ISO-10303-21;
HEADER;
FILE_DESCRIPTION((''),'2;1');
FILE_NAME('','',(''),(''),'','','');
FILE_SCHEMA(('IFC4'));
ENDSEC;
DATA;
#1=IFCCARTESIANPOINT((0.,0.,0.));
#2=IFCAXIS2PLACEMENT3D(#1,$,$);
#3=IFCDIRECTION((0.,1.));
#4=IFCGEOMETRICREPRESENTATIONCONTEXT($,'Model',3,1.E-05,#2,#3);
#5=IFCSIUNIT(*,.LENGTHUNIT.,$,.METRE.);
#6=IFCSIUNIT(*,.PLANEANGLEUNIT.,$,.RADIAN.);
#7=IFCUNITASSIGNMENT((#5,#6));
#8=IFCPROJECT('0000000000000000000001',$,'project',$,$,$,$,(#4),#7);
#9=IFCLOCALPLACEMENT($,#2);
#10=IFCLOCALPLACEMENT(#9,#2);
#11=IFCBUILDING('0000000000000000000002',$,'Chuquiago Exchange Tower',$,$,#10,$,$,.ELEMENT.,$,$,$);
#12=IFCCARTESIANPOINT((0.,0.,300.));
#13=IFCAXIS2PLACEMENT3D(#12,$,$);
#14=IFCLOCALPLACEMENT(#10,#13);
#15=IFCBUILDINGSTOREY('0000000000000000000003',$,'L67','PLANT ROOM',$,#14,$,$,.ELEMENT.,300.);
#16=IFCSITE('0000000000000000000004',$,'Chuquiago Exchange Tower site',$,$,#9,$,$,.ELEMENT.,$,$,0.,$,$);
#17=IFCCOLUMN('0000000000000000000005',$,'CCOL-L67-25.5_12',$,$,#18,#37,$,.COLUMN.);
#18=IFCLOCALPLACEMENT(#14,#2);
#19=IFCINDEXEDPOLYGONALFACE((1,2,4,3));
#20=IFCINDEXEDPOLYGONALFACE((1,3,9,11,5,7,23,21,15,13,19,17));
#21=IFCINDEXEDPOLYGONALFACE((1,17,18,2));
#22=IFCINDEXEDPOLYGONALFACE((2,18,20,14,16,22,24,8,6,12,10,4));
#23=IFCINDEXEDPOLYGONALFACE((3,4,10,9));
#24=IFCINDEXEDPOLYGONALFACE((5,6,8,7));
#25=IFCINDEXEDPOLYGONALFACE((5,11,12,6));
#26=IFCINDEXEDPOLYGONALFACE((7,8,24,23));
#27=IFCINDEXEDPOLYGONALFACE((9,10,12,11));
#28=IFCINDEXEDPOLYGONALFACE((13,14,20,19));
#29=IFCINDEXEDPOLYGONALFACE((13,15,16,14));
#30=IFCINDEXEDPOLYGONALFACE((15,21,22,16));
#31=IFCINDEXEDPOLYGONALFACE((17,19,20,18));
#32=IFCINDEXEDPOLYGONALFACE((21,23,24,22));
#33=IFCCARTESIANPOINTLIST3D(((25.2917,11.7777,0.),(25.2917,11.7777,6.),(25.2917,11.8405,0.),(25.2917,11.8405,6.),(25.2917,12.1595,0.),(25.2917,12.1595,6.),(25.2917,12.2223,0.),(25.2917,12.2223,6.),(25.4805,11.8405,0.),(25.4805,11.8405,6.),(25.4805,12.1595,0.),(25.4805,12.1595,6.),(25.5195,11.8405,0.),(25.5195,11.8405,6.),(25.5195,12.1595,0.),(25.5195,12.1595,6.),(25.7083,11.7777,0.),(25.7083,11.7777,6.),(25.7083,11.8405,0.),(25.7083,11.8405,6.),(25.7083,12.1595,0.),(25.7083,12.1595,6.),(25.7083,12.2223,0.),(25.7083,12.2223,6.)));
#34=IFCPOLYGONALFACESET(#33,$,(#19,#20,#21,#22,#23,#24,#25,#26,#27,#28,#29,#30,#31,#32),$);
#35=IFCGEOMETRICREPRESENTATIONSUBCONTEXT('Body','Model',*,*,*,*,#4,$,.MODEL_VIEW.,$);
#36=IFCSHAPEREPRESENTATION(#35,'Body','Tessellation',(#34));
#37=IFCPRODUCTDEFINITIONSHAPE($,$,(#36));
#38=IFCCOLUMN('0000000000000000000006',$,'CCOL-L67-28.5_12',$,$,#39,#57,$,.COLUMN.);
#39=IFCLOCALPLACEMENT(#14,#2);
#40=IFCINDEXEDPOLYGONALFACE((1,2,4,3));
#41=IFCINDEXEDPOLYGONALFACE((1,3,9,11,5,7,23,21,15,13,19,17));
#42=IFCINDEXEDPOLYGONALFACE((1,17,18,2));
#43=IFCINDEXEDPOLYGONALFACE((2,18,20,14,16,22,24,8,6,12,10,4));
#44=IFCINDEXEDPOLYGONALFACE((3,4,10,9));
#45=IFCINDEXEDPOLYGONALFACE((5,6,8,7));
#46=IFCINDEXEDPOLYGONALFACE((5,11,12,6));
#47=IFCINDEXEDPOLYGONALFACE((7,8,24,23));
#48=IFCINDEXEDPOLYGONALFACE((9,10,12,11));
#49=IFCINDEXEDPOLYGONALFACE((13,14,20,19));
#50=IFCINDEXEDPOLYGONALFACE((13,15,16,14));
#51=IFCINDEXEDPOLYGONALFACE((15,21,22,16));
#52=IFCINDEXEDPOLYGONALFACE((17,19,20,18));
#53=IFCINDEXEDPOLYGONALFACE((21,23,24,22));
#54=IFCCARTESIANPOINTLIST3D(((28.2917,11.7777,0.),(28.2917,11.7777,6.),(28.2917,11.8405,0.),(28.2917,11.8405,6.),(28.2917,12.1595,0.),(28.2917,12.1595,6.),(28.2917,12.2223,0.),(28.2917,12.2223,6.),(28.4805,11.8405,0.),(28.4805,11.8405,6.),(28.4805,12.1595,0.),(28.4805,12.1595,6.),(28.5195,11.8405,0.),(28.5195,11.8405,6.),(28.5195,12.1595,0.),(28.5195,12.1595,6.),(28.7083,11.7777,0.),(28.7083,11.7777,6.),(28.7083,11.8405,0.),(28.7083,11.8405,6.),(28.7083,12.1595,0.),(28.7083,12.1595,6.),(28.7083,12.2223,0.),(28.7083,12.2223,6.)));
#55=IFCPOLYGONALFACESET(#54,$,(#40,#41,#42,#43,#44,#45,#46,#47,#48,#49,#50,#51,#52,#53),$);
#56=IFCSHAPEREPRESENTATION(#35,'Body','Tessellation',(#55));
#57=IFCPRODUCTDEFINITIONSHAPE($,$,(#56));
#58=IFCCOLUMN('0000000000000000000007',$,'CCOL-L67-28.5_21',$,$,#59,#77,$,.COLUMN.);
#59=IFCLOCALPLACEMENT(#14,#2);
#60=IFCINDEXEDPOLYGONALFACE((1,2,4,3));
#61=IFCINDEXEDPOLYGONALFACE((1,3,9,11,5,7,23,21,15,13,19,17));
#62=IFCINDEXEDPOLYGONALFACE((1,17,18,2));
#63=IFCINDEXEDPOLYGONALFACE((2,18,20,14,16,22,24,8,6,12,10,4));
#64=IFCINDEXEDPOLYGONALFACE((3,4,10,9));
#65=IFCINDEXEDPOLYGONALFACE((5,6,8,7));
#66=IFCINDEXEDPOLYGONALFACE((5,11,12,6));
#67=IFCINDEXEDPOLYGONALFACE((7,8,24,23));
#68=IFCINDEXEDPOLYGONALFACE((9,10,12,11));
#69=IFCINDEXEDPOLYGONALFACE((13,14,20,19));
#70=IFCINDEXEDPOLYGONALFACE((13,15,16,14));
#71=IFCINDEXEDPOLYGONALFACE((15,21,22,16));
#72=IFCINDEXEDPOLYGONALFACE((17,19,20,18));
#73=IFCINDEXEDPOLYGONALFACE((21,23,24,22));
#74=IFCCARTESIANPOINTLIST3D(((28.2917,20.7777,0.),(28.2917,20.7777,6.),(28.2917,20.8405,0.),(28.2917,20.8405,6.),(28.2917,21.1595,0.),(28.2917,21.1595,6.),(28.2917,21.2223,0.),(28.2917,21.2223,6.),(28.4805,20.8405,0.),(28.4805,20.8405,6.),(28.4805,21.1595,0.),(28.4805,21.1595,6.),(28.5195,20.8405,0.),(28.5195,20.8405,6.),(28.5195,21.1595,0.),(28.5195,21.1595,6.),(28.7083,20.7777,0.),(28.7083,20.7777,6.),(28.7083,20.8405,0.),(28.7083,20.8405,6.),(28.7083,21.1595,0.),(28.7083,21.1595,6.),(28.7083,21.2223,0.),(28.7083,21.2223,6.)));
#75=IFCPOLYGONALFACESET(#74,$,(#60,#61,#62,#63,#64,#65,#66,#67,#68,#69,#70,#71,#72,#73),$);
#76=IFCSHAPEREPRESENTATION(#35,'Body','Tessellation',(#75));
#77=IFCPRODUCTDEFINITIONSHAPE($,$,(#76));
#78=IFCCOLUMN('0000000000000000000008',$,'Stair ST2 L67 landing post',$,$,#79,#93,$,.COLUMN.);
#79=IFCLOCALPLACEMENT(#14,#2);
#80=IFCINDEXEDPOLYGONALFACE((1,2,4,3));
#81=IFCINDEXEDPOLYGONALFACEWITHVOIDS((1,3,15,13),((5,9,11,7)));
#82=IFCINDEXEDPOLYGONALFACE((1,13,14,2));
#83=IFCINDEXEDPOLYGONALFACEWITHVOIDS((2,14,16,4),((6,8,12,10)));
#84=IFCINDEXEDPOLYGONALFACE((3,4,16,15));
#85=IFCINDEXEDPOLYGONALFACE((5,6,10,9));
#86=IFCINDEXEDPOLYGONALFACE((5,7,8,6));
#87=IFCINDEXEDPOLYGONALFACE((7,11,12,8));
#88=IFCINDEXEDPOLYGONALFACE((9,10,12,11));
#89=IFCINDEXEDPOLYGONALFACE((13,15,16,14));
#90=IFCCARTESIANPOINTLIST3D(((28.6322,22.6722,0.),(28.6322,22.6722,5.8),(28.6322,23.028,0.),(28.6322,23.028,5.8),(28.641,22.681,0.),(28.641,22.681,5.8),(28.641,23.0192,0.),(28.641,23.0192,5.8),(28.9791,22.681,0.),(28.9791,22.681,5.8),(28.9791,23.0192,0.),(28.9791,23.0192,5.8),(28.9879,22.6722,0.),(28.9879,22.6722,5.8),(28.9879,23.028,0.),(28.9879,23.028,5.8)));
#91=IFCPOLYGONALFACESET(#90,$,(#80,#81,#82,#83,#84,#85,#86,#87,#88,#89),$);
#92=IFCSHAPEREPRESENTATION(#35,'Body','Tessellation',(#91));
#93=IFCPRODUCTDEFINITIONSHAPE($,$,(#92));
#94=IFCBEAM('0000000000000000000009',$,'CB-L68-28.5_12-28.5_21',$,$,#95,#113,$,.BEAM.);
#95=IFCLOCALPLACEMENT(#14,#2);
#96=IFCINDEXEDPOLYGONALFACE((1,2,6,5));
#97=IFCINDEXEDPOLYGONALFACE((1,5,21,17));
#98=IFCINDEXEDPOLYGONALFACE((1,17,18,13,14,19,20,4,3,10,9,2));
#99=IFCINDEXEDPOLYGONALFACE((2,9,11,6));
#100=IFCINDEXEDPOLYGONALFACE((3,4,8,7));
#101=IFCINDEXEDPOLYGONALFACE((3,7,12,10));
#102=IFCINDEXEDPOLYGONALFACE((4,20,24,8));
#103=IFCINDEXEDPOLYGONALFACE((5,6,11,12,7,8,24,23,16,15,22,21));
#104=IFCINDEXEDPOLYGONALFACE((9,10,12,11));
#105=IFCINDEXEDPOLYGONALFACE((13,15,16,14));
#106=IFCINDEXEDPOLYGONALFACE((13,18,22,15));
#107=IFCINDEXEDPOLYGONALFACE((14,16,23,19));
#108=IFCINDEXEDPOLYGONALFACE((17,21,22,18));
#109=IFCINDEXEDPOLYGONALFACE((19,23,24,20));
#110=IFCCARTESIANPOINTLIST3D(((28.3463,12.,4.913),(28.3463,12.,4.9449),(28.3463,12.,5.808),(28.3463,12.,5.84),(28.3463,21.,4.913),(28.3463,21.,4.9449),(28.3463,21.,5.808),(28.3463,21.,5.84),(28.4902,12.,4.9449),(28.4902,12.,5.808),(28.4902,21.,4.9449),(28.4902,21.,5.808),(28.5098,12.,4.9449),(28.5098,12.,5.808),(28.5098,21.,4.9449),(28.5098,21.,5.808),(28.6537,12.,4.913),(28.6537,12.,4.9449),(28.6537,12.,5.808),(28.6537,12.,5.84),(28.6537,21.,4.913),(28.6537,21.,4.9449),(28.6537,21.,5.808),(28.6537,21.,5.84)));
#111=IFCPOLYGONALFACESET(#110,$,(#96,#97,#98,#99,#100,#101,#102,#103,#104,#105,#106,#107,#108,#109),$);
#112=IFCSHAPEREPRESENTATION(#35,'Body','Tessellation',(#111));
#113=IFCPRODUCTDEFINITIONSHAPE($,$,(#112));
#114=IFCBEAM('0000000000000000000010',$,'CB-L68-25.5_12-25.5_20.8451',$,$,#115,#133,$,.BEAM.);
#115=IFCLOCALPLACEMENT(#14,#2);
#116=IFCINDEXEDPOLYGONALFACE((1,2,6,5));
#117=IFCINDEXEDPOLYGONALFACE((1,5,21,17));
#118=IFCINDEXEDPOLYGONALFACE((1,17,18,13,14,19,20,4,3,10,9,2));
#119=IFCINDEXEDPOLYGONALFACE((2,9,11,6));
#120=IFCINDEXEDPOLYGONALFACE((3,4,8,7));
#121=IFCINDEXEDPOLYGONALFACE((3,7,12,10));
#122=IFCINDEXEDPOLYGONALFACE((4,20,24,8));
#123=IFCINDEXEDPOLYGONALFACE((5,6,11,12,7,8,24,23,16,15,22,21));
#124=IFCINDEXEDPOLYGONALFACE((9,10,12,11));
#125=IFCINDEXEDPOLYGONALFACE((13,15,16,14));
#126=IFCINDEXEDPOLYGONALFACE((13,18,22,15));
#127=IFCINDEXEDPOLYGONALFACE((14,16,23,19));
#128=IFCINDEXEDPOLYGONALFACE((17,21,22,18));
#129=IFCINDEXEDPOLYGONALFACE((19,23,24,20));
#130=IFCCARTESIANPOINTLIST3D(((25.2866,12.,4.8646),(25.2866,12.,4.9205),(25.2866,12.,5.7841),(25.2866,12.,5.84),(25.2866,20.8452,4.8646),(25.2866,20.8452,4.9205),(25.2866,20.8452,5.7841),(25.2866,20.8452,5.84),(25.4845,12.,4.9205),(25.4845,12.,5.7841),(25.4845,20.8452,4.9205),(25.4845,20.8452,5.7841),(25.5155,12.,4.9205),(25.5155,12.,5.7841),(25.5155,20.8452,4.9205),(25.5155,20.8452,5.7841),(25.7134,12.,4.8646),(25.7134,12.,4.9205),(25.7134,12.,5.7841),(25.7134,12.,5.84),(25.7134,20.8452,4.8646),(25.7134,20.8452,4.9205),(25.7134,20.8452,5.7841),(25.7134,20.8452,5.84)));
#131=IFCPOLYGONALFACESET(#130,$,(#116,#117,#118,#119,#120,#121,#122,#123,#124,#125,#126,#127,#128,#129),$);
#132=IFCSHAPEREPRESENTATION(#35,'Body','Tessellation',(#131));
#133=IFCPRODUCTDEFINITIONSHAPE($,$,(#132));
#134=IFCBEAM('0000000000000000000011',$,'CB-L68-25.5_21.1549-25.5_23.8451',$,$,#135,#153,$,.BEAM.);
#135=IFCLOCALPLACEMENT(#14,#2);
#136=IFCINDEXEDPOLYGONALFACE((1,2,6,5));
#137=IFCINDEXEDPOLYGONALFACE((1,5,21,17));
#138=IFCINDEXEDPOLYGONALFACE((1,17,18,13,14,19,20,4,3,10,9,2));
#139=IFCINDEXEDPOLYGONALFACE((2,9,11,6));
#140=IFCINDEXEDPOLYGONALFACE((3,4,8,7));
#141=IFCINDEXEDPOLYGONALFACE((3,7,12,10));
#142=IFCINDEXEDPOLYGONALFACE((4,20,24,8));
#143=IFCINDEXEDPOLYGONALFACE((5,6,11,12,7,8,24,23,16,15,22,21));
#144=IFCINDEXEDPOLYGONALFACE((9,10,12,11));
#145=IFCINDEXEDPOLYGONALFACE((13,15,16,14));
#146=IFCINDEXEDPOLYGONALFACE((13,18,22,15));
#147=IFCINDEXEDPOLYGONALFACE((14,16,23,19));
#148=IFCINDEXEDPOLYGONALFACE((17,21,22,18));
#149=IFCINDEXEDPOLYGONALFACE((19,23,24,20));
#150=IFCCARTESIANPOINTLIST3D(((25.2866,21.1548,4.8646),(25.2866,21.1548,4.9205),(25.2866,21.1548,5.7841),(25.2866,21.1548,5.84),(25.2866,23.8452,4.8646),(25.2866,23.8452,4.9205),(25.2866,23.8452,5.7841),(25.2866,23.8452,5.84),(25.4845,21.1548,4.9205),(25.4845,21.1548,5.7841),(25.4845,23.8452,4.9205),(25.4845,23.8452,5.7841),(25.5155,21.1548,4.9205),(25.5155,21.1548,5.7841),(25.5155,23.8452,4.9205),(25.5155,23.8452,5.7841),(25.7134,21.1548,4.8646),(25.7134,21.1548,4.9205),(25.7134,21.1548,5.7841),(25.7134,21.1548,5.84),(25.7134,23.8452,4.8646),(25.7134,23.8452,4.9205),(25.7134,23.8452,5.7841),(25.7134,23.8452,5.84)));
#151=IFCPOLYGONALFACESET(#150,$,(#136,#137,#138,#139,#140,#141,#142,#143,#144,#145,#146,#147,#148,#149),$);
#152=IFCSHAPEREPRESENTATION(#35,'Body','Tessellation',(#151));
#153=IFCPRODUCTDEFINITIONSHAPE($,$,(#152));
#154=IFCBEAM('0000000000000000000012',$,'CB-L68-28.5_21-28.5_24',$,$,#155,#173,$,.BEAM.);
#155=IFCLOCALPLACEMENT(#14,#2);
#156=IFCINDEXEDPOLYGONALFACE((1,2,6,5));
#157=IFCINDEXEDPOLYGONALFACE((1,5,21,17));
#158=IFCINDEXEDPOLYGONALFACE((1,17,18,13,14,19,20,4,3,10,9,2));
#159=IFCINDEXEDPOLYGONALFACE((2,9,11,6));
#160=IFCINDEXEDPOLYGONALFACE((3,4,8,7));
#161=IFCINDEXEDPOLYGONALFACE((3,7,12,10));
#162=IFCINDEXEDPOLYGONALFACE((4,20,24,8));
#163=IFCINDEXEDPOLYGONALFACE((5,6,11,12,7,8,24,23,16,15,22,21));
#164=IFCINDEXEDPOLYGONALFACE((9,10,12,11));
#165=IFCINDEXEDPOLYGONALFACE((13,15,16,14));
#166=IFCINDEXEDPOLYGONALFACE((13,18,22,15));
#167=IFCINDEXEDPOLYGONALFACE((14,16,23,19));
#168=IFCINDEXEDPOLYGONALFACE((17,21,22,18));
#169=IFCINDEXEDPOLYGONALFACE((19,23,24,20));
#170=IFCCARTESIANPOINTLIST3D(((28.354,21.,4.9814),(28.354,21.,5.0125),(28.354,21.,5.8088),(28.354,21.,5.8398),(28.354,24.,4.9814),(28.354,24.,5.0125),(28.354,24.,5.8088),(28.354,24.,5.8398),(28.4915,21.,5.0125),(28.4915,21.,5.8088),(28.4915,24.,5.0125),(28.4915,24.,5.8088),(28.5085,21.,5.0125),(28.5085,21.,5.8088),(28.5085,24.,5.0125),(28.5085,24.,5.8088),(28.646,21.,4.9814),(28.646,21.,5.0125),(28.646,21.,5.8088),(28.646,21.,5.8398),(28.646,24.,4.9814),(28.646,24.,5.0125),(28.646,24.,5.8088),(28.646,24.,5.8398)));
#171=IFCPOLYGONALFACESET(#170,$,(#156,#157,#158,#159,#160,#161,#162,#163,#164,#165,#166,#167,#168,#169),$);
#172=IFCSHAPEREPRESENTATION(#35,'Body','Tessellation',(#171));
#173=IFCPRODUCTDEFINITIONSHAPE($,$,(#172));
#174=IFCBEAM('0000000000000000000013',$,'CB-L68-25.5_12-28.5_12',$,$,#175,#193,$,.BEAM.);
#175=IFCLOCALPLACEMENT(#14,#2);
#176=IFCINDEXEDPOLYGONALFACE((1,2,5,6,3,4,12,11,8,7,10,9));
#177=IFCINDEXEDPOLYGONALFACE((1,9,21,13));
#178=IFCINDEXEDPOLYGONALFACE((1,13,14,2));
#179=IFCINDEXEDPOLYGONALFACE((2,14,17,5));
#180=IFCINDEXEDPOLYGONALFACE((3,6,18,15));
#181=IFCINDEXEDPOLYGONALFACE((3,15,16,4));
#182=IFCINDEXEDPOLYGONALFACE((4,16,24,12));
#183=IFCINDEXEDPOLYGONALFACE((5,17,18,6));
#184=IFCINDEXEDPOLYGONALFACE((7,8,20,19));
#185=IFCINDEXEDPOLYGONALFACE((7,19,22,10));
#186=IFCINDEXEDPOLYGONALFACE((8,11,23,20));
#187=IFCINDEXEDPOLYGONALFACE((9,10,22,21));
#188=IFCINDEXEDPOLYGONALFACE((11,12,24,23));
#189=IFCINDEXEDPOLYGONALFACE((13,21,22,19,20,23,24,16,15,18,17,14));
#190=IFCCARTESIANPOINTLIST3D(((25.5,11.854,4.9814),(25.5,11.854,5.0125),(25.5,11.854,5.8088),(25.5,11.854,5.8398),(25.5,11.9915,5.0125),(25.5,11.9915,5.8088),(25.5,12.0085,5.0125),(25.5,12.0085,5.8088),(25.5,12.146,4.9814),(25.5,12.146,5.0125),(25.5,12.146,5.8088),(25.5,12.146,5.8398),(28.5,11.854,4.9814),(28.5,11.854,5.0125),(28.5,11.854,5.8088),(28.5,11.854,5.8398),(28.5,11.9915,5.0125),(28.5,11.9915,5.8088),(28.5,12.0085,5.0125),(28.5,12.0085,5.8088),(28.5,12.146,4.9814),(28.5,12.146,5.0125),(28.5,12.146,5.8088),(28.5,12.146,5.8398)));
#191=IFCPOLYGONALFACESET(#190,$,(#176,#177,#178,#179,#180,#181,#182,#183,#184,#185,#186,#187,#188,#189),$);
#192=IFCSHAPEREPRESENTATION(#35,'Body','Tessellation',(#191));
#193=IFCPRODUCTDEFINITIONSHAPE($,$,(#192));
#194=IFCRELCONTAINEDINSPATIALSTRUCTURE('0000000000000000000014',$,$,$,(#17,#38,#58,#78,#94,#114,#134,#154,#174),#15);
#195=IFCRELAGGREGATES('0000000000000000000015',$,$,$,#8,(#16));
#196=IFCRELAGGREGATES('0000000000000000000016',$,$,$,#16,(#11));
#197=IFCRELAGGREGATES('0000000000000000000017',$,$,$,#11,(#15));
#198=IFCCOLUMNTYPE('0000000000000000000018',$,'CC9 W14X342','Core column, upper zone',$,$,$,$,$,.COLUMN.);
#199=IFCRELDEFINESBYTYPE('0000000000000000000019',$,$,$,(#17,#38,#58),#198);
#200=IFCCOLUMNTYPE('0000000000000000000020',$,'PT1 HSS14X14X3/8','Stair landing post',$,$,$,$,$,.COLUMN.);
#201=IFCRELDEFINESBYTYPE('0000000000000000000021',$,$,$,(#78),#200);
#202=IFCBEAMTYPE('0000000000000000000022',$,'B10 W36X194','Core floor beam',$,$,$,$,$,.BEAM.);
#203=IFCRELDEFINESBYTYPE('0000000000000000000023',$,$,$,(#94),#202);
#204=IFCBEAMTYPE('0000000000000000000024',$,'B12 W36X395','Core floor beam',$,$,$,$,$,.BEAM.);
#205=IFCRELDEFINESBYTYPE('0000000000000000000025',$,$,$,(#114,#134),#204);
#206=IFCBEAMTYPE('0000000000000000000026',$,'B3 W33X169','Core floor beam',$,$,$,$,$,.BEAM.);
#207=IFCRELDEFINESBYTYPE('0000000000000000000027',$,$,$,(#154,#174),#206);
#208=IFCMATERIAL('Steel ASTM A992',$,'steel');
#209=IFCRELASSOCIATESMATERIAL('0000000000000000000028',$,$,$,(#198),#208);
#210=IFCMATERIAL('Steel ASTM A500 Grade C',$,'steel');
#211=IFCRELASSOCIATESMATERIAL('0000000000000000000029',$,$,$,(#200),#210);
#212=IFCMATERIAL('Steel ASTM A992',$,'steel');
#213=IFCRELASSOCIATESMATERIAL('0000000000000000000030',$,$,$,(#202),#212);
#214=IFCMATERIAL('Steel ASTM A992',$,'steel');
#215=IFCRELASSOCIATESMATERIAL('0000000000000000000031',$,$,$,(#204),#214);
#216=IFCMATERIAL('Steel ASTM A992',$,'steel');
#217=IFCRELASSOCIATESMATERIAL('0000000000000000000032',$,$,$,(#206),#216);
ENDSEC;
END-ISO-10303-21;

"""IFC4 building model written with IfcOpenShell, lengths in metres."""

from ifc_helpers import new_model, si_unit, direction, frame, origin, origin_2d, place, context, subcontext, project, spatial, hollow_rectangle, i_section, extrude, material, material_profile, profile_set, type_object, element, save


model = new_model("IFC4")

# Units and contexts
model_context = context("Model", 3, precision=1e-05, world=origin(), true_north=direction((0.0, 1.0)))
body_context = subcontext(model_context, "Body", "Model", "MODEL_VIEW")
ifc_project = project(units=[si_unit("LENGTHUNIT", "METRE"), si_unit("PLANEANGLEUNIT", "RADIAN")], contexts=[model_context])

# Site, building, storey
site_placement = place(None, origin())
site = spatial("IfcSite", under=ifc_project, at=site_placement, Name="Chuquiago Exchange Tower site", CompositionType="ELEMENT", RefElevation=0.0)
building_placement = place(site_placement, origin())
building = spatial("IfcBuilding", under=site, at=building_placement, Name="Chuquiago Exchange Tower", CompositionType="ELEMENT")
storey_placement = place(building_placement, frame((0.0, 0.0, 300.0)))
storey = spatial("IfcBuildingStorey", under=building, at=storey_placement, Name="L67", Description="PLANT ROOM", CompositionType="ELEMENT", Elevation=300.0)

# Columns
ifc_material_1 = material(Name="Steel ASTM A992", Category="steel")
ifc_material_profile_1 = material_profile(ifc_material_1, i_section(OverallWidth=0.4165, OverallDepth=0.4446, WebThickness=0.0391, FlangeThickness=0.0627, at=origin_2d()), Name="W14X342")
ifc_profile_set_1 = profile_set([ifc_material_profile_1], Name="Steel ASTM A992")
column_type_1 = type_object("IfcColumnType", Name="CC9 W14X342", Description="Core column, upper zone", PredefinedType="COLUMN", material=ifc_profile_set_1)
for number, where, z_axis, x_axis, name in (
    (1, (25.5, 12.0, 0.0), (0.0, 0.0, 1.0), (1.0, 0.0, 0.0), "CCOL-L67-25.5_12"),
    (2, (28.5, 12.0, 0.0), (0.0, 0.0, 1.0), (1.0, 0.0, 0.0), "CCOL-L67-28.5_12"),
    (3, (28.5, 21.0, 0.0), (0.0, 0.0, 1.0), (1.0, 0.0, 0.0), "CCOL-L67-28.5_21"),
):
    element("IfcColumn", number, at=place(storey_placement, frame(where, z_axis=z_axis, x_axis=x_axis)), inside=storey, type_object=column_type_1, Name=name, PredefinedType="COLUMN", context=body_context, shape_type="SweptSolid", body=[
        extrude(i_section(OverallWidth=0.4165, OverallDepth=0.4446, WebThickness=0.0391, FlangeThickness=0.0627, at=origin_2d()), origin(), (0.0, 0.0, 1.0), 6.0),
    ])
ifc_material_2 = material(Name="Steel ASTM A500 Grade C", Category="steel")
ifc_material_profile_2 = material_profile(ifc_material_2, hollow_rectangle(XDim=0.3557, YDim=0.3557, WallThickness=0.0088, at=origin_2d()), Name="HSS14X14X3/8")
ifc_profile_set_2 = profile_set([ifc_material_profile_2], Name="Steel ASTM A500 Grade C")
column_type_2 = type_object("IfcColumnType", Name="PT1 HSS14X14X3/8", Description="Stair landing post", PredefinedType="COLUMN", material=ifc_profile_set_2)
column_placement = place(storey_placement, frame((28.8101, 22.8501, 0.0), z_axis=(0.0, 0.0, 1.0), x_axis=(1.0, 0.0, 0.0)))
element("IfcColumn", 4, at=column_placement, inside=storey, type_object=column_type_2, Name="Stair ST2 L67 landing post", PredefinedType="COLUMN", context=body_context, shape_type="SweptSolid", body=[
    extrude(hollow_rectangle(XDim=0.3557, YDim=0.3557, WallThickness=0.0088, at=origin_2d()), origin(), (0.0, 0.0, 1.0), 5.8),
])

# Beams
ifc_material_3 = material(Name="Steel ASTM A992", Category="steel")
ifc_material_profile_3 = material_profile(ifc_material_3, i_section(OverallWidth=0.3074, OverallDepth=0.927, WebThickness=0.0195, FlangeThickness=0.032, at=origin_2d()), Name="W36X194")
ifc_profile_set_3 = profile_set([ifc_material_profile_3], Name="Steel ASTM A992")
beam_type_1 = type_object("IfcBeamType", Name="B10 W36X194", Description="Core floor beam", PredefinedType="BEAM", material=ifc_profile_set_3)
beam_1_placement = place(storey_placement, frame((28.5, 12.0, 5.3765), z_axis=(0.0, 1.0, 0.0), x_axis=(-1.0, 0.0, 0.0)))
element("IfcBeam", 5, at=beam_1_placement, inside=storey, type_object=beam_type_1, Name="CB-L68-28.5_12-28.5_21", PredefinedType="BEAM", context=body_context, shape_type="SweptSolid", body=[
    extrude(i_section(OverallWidth=0.3074, OverallDepth=0.927, WebThickness=0.0195, FlangeThickness=0.032, at=origin_2d()), origin(), (0.0, 0.0, 1.0), 9.0),
])
ifc_material_4 = material(Name="Steel ASTM A992", Category="steel")
ifc_material_profile_4 = material_profile(ifc_material_4, i_section(OverallWidth=0.4268, OverallDepth=0.9753, WebThickness=0.031, FlangeThickness=0.0559, at=origin_2d()), Name="W36X395")
ifc_profile_set_4 = profile_set([ifc_material_profile_4], Name="Steel ASTM A992")
beam_type_2 = type_object("IfcBeamType", Name="B12 W36X395", Description="Core floor beam", PredefinedType="BEAM", material=ifc_profile_set_4)
beam_2_placement = place(storey_placement, frame((25.5, 12.0, 5.3523), z_axis=(0.0, 1.0, 0.0), x_axis=(-1.0, 0.0, 0.0)))
element("IfcBeam", 6, at=beam_2_placement, inside=storey, type_object=beam_type_2, Name="CB-L68-25.5_12-25.5_20.8451", PredefinedType="BEAM", context=body_context, shape_type="SweptSolid", body=[
    extrude(i_section(OverallWidth=0.4268, OverallDepth=0.9753, WebThickness=0.031, FlangeThickness=0.0559, at=origin_2d()), origin(), (0.0, 0.0, 1.0), 8.8452),
])
beam_3_placement = place(storey_placement, frame((25.5, 21.1548, 5.3523), z_axis=(0.0, 1.0, 0.0), x_axis=(-1.0, 0.0, 0.0)))
element("IfcBeam", 7, at=beam_3_placement, inside=storey, type_object=beam_type_2, Name="CB-L68-25.5_21.1549-25.5_23.8451", PredefinedType="BEAM", context=body_context, shape_type="SweptSolid", body=[
    extrude(i_section(OverallWidth=0.4268, OverallDepth=0.9753, WebThickness=0.031, FlangeThickness=0.0559, at=origin_2d()), origin(), (0.0, 0.0, 1.0), 2.6904),
])
ifc_material_5 = material(Name="Steel ASTM A992", Category="steel")
ifc_material_profile_5 = material_profile(ifc_material_5, i_section(OverallWidth=0.292, OverallDepth=0.8584, WebThickness=0.0171, FlangeThickness=0.031, at=origin_2d()), Name="W33X169")
ifc_profile_set_5 = profile_set([ifc_material_profile_5], Name="Steel ASTM A992")
beam_type_3 = type_object("IfcBeamType", Name="B3 W33X169", Description="Core floor beam", PredefinedType="BEAM", material=ifc_profile_set_5)
for number, where, z_axis, x_axis, name in (
    (8, (28.5, 21.0, 5.4106), (0.0, 1.0, 0.0), (-1.0, 0.0, 0.0), "CB-L68-28.5_21-28.5_24"),
    (9, (25.5, 12.0, 5.4106), (1.0, 0.0, 0.0), (0.0, 1.0, 0.0), "CB-L68-25.5_12-28.5_12"),
):
    element("IfcBeam", number, at=place(storey_placement, frame(where, z_axis=z_axis, x_axis=x_axis)), inside=storey, type_object=beam_type_3, Name=name, PredefinedType="BEAM", context=body_context, shape_type="SweptSolid", body=[
        extrude(i_section(OverallWidth=0.292, OverallDepth=0.8584, WebThickness=0.0171, FlangeThickness=0.031, at=origin_2d()), origin(), (0.0, 0.0, 1.0), 3.0),
    ])

save(model, "model.ifc")
